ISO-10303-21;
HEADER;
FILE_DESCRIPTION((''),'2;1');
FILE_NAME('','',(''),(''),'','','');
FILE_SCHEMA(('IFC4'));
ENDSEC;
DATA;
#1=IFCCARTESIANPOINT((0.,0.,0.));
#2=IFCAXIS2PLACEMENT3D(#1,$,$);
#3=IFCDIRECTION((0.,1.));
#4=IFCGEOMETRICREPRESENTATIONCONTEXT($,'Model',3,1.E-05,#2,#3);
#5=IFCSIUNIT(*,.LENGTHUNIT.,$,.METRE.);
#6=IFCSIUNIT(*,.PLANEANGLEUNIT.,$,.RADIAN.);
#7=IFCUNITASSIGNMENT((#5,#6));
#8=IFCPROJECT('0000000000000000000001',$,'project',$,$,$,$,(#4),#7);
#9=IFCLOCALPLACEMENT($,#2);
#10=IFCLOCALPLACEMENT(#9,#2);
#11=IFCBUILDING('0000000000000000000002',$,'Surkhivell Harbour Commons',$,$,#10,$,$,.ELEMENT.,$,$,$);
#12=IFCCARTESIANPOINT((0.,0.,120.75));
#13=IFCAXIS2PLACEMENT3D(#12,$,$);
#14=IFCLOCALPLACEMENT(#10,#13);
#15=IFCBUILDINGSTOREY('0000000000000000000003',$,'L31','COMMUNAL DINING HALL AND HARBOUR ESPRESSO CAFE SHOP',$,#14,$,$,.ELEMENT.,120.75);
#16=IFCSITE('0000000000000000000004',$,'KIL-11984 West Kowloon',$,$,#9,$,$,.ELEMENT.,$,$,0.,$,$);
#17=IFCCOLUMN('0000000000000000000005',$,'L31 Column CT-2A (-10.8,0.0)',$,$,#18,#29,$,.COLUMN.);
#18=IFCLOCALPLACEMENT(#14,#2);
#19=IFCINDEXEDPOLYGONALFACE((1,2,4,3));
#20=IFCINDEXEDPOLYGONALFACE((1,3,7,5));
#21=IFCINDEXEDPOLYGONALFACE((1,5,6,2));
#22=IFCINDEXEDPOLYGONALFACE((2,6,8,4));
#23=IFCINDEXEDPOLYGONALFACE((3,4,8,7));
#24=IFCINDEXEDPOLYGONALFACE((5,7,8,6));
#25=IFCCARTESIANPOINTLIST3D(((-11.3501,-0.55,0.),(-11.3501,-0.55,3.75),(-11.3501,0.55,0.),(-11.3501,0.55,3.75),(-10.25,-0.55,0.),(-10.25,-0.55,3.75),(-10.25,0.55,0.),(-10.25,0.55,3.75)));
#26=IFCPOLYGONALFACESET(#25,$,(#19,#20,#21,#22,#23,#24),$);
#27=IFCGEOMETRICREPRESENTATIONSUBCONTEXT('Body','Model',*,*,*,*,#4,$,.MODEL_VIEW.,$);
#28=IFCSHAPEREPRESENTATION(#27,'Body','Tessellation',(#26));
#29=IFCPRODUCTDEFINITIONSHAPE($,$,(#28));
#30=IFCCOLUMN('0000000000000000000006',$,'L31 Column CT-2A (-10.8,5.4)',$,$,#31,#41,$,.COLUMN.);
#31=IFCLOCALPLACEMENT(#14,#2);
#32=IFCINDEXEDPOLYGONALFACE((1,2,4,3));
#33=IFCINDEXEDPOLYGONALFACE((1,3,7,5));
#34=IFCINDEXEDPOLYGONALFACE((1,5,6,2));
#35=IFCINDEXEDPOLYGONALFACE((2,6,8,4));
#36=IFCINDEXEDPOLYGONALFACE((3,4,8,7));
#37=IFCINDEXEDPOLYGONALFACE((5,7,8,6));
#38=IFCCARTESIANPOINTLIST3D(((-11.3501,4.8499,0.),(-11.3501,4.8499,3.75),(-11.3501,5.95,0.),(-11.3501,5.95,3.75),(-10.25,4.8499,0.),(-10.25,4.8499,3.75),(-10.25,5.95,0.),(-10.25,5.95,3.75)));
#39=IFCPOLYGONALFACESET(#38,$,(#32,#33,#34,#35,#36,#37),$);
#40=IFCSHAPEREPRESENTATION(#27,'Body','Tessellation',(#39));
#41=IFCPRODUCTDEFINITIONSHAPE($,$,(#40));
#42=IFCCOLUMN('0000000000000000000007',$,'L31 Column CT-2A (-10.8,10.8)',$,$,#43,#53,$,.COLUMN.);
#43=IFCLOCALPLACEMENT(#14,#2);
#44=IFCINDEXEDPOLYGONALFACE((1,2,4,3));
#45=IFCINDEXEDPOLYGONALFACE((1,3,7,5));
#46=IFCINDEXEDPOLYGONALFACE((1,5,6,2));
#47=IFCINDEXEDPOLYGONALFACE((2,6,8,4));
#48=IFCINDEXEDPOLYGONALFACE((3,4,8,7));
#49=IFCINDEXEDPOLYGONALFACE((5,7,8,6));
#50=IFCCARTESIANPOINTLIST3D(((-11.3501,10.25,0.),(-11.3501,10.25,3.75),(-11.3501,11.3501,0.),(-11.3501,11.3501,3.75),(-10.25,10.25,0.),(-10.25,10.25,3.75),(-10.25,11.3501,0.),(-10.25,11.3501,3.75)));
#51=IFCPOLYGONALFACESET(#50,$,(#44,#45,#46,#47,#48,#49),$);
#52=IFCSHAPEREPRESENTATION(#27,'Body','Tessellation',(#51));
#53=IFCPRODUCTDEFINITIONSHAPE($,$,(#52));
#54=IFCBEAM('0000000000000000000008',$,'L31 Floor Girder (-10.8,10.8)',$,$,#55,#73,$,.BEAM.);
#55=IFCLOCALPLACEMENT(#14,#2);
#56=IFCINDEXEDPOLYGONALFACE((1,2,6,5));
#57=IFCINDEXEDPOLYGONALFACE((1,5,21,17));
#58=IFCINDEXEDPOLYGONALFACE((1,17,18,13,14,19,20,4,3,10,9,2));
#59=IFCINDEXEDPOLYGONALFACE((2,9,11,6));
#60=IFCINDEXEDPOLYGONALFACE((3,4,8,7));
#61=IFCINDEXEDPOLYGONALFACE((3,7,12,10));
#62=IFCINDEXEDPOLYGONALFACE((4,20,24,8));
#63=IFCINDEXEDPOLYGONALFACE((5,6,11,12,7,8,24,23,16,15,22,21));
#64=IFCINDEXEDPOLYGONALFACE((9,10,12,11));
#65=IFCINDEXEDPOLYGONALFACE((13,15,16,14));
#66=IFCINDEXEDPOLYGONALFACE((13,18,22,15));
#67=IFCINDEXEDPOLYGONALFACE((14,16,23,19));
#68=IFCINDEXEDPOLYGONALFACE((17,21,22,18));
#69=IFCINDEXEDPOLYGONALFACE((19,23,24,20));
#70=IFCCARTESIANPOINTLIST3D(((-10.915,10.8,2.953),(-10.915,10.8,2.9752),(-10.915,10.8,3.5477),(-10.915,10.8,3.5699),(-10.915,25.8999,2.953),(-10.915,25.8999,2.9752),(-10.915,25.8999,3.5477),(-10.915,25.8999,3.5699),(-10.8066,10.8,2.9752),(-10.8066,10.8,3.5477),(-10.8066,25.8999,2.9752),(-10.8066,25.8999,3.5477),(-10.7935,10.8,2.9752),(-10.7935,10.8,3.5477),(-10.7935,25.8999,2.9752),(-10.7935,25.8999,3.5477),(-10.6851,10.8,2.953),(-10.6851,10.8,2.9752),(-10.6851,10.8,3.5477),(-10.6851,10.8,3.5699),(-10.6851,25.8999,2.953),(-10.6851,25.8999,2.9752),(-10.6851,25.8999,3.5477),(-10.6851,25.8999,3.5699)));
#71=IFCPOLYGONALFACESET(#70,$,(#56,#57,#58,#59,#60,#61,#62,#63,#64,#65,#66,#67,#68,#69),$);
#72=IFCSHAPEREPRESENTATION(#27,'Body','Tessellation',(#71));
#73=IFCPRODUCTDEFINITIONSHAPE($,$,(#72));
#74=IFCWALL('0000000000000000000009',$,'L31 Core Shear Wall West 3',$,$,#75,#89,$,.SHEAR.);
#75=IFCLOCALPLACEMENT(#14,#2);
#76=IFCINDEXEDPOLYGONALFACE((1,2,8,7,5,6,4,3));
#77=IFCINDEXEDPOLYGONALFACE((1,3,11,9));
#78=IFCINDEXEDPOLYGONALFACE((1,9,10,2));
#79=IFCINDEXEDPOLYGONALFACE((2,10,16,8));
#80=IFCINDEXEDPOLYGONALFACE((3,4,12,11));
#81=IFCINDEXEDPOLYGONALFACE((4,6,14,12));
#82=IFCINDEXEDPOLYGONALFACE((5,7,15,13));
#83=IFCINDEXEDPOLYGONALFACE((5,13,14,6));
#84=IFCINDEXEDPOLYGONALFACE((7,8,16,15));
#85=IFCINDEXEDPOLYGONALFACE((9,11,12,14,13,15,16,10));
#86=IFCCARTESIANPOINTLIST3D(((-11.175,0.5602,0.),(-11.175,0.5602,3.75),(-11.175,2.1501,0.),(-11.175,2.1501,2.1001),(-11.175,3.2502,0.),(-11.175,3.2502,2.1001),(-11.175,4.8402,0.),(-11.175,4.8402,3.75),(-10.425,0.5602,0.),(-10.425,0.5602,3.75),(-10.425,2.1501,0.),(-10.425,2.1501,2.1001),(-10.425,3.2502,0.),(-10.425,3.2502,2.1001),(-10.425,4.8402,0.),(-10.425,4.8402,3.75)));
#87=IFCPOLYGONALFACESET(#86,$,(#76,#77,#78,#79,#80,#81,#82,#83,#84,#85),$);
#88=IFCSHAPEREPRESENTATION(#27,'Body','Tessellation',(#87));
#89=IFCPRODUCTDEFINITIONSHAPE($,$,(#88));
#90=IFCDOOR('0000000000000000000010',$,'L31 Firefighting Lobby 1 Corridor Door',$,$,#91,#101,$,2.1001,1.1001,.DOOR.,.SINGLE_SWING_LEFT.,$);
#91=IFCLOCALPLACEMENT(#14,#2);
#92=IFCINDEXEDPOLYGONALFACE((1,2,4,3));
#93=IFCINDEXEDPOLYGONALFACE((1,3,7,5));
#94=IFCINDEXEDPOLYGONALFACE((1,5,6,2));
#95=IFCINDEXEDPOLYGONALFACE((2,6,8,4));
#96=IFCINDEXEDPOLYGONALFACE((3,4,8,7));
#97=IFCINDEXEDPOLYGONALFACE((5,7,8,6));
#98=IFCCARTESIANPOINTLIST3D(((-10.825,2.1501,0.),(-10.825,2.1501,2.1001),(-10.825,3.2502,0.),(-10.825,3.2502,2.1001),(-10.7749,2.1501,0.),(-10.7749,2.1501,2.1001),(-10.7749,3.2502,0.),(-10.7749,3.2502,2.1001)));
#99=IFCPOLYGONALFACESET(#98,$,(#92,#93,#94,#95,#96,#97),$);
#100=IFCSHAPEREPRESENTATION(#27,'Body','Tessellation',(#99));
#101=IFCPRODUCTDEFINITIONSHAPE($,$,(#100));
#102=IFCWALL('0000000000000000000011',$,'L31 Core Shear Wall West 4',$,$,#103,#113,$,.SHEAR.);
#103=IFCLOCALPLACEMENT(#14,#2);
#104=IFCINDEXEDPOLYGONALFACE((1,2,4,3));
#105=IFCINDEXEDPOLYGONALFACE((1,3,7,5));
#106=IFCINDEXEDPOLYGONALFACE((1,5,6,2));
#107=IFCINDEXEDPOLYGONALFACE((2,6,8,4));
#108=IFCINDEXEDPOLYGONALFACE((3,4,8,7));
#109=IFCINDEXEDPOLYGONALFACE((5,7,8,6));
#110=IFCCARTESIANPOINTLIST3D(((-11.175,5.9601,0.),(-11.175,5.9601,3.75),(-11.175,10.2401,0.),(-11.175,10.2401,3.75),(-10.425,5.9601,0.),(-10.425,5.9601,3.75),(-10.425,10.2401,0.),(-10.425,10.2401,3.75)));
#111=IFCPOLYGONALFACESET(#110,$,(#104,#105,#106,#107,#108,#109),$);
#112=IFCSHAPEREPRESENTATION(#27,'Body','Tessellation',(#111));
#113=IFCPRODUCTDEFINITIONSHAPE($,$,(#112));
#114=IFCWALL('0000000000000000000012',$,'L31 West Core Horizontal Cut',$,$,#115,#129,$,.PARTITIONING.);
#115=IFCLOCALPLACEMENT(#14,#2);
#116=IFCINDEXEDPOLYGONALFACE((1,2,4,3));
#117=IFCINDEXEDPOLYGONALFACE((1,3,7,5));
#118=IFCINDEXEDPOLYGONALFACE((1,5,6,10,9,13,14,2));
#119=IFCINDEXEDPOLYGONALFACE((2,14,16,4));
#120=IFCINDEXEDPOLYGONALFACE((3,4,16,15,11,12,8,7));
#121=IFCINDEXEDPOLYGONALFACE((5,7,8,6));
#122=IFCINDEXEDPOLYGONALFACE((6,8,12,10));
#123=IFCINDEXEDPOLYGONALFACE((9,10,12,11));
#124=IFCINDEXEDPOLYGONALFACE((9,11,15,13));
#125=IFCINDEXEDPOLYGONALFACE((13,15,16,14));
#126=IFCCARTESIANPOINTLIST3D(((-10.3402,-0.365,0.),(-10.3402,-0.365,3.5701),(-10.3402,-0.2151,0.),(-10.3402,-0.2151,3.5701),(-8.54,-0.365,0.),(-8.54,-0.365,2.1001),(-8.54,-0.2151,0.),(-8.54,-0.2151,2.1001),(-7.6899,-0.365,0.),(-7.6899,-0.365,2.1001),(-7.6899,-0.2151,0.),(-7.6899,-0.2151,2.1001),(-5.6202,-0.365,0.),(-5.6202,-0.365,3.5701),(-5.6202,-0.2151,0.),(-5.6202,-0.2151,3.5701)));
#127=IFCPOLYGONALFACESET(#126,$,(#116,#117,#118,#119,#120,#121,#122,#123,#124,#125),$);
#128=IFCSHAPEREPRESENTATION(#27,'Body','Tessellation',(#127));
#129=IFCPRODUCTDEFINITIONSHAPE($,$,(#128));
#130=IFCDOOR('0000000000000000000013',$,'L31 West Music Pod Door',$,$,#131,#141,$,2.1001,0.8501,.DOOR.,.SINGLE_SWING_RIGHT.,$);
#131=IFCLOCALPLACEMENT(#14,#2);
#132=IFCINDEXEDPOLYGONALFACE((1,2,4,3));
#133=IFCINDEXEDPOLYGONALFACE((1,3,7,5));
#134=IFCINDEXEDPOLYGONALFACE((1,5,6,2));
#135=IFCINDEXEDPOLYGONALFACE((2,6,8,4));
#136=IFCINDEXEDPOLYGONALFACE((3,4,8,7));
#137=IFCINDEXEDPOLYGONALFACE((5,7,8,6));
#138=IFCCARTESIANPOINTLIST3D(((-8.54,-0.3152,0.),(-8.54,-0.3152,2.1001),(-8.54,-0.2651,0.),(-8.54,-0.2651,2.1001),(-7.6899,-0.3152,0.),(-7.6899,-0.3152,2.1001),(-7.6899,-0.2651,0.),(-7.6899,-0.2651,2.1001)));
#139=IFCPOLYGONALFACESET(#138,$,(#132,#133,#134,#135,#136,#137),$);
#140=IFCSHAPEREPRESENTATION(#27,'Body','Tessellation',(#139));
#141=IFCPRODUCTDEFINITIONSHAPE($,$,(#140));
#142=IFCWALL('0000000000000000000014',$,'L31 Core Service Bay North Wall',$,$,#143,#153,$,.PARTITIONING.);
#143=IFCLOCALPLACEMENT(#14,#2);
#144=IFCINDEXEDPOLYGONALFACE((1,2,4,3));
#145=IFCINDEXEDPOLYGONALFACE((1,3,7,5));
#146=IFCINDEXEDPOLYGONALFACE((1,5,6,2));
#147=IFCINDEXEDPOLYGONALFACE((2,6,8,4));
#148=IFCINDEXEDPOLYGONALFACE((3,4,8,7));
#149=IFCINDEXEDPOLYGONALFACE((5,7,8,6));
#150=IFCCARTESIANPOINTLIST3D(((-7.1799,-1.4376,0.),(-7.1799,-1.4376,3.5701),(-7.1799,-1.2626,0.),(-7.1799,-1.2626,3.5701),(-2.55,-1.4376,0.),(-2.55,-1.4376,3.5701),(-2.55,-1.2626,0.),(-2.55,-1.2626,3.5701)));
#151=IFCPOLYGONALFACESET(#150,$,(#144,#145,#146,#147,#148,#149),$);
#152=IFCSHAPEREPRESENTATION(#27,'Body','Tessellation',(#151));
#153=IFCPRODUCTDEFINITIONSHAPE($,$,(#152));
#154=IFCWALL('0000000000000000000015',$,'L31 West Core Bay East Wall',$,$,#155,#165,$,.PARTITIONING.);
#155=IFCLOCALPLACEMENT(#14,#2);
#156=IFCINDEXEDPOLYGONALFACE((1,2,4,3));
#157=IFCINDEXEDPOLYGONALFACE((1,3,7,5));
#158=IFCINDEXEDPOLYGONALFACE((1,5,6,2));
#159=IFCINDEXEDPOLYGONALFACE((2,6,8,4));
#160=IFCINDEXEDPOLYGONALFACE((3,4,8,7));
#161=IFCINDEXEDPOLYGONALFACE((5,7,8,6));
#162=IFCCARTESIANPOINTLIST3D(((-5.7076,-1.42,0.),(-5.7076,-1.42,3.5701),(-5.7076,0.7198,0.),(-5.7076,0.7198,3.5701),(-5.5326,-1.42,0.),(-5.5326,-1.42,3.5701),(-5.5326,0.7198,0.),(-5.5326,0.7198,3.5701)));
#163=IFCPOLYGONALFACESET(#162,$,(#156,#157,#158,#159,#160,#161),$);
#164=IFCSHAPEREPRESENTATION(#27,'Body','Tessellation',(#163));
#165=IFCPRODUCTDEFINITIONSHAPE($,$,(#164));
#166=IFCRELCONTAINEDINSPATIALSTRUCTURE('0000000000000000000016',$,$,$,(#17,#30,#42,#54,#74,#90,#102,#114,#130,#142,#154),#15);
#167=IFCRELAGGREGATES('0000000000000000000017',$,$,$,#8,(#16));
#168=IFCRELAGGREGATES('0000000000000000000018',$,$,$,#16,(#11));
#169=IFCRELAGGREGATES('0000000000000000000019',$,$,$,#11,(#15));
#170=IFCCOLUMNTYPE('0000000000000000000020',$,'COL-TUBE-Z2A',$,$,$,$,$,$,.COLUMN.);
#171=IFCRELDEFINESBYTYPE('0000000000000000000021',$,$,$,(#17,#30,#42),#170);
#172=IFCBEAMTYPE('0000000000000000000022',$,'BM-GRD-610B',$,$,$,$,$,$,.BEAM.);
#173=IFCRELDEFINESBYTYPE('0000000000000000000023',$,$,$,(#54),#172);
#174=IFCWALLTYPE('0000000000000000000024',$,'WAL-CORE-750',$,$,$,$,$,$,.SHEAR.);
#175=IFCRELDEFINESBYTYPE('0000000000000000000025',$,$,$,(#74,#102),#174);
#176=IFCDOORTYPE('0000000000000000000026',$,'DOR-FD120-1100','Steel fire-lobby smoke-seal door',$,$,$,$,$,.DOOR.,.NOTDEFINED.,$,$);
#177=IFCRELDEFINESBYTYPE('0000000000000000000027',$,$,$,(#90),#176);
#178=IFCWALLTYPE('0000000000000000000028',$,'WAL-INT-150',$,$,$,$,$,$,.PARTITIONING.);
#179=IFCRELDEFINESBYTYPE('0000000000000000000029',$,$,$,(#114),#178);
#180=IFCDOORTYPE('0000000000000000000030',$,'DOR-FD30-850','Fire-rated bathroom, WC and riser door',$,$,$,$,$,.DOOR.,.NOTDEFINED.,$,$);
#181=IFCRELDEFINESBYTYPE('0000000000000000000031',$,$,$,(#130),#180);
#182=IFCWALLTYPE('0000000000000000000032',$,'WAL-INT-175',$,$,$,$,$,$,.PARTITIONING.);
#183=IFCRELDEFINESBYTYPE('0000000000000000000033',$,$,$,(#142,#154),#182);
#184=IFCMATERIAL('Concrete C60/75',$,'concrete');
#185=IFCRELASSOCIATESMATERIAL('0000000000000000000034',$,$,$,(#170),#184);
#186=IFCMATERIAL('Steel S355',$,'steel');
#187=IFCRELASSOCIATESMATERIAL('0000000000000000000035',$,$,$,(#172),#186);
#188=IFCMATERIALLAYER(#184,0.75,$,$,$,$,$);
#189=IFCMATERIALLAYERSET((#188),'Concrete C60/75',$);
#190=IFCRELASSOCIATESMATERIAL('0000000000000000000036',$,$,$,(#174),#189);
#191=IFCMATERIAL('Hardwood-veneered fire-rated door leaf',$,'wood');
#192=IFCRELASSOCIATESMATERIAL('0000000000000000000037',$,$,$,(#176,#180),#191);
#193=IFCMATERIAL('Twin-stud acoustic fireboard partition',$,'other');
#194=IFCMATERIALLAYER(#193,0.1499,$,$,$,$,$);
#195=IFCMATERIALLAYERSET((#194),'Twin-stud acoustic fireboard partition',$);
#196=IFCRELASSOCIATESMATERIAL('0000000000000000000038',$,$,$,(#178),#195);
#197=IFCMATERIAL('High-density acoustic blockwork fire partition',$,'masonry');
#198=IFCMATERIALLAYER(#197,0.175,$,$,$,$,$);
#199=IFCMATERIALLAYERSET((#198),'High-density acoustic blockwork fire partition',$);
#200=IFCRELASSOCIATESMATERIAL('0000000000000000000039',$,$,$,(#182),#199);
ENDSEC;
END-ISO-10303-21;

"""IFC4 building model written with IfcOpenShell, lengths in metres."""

from ifc_helpers import new_model, si_unit, direction, frame, frame_2d, origin, origin_2d, place, context, subcontext, project, spatial, rectangle, i_section, extrude, material, layer, layer_set, material_profile, profile_set, type_object, element, fill, save


model = new_model("IFC4")

# Units and contexts
model_context = context("Model", 3, precision=1e-05, world=origin(), true_north=direction((0.0, 1.0)))
body_context = subcontext(model_context, "Body", "Model", "MODEL_VIEW")
ifc_project = project(units=[si_unit("LENGTHUNIT", "METRE"), si_unit("PLANEANGLEUNIT", "RADIAN")], contexts=[model_context])

# Site, building, storey
site_placement = place(None, origin())
site = spatial("IfcSite", under=ifc_project, at=site_placement, Name="KIL-11984 West Kowloon", CompositionType="ELEMENT", RefElevation=0.0)
building_placement = place(site_placement, origin())
building = spatial("IfcBuilding", under=site, at=building_placement, Name="Surkhivell Harbour Commons", CompositionType="ELEMENT")
storey_placement = place(building_placement, frame((0.0, 0.0, 120.75)))
storey = spatial("IfcBuildingStorey", under=building, at=storey_placement, Name="L31", Description="COMMUNAL DINING HALL AND HARBOUR ESPRESSO CAFE SHOP", CompositionType="ELEMENT", Elevation=120.75)

# Columns
ifc_material_1 = material(Name="Concrete C60/75", Category="concrete")
ifc_material_profile_1 = material_profile(ifc_material_1, rectangle(XDim=1.1001, YDim=1.1001, at=origin_2d()), Name="RC-COL-1100x1100")
ifc_profile_set_1 = profile_set([ifc_material_profile_1], Name="Concrete C60/75")
column_type = type_object("IfcColumnType", Name="COL-TUBE-Z2A", PredefinedType="COLUMN", material=ifc_profile_set_1)
for number, where, z_axis, x_axis, name in (
    (1, (-10.8, 0.0, 0.0), (0.0, 0.0, 1.0), (1.0, 0.0, 0.0), "L31 Column CT-2A (-10.8,0.0)"),
    (2, (-10.8, 5.3999, 0.0), (0.0, 0.0, 1.0), (1.0, 0.0, 0.0), "L31 Column CT-2A (-10.8,5.4)"),
    (3, (-10.8, 10.8, 0.0), (0.0, 0.0, 1.0), (1.0, 0.0, 0.0), "L31 Column CT-2A (-10.8,10.8)"),
):
    element("IfcColumn", number, at=place(storey_placement, frame(where, z_axis=z_axis, x_axis=x_axis)), inside=storey, type_object=column_type, Name=name, PredefinedType="COLUMN", context=body_context, shape_type="SweptSolid", body=[
        extrude(rectangle(XDim=1.1001, YDim=1.1001, at=origin_2d()), origin(), (0.0, 0.0, 1.0), 3.75),
    ])

# Beam
ifc_material_2 = material(Name="Steel S355", Category="steel")
ifc_material_profile_2 = material_profile(ifc_material_2, i_section(OverallWidth=0.23, OverallDepth=0.6169, WebThickness=0.0132, FlangeThickness=0.0222, at=origin_2d()), Name="UB610x229x140")
ifc_profile_set_2 = profile_set([ifc_material_profile_2], Name="Steel S355")
beam_type = type_object("IfcBeamType", Name="BM-GRD-610B", PredefinedType="BEAM", material=ifc_profile_set_2)
beam_placement = place(storey_placement, frame((-10.8, 10.8, 3.2615), z_axis=(0.0, 1.0, 0.0), x_axis=(-1.0, 0.0, 0.0)))
element("IfcBeam", 4, at=beam_placement, inside=storey, type_object=beam_type, Name="L31 Floor Girder (-10.8,10.8)", PredefinedType="BEAM", context=body_context, shape_type="SweptSolid", body=[
    extrude(i_section(OverallWidth=0.23, OverallDepth=0.6169, WebThickness=0.0132, FlangeThickness=0.0222, at=origin_2d()), origin(), (0.0, 0.0, 1.0), 15.0999),
])

# Wall, opening, door
ifc_layer_1 = layer(ifc_material_1, 0.75)
ifc_layer_set_1 = layer_set([ifc_layer_1], Name="Concrete C60/75")
wall_type_1 = type_object("IfcWallType", Name="WAL-CORE-750", PredefinedType="SHEAR", material=ifc_layer_set_1)
wall_1_placement = place(storey_placement, frame((-10.8, 0.5601, 0.0), z_axis=(0.0, 0.0, 1.0), x_axis=(0.0, 1.0, 0.0)))
wall_1 = element("IfcWall", 5, at=wall_1_placement, inside=storey, type_object=wall_type_1, Name="L31 Core Shear Wall West 3", PredefinedType="SHEAR", context=body_context, shape_type="SweptSolid", body=[
    extrude(rectangle(XDim=4.28, YDim=0.75, at=frame_2d((2.1401, 0.0))), origin(), (0.0, 0.0, 1.0), 3.75),
])
opening_1_placement = place(wall_1_placement, frame((1.5901, 0.0, 0.0)))
opening_1 = element("IfcOpeningElement", 6, at=opening_1_placement, cuts=wall_1, PredefinedType="OPENING", context=body_context, shape_type="SweptSolid", body=[
    extrude(rectangle(XDim=1.1001, YDim=2.1001, at=frame_2d((0.55, 1.05))), frame((0.0, 0.385, 0.0), z_axis=(0.0, -1.0, 0.0), x_axis=(1.0, 0.0, 0.0)), (0.0, 0.0, 1.0), 0.77),
])
ifc_material_3 = material(Name="Hardwood-veneered fire-rated door leaf", Category="wood")
door_type_1 = type_object("IfcDoorType", Name="DOR-FD120-1100", Description="Steel fire-lobby smoke-seal door", OperationType="NOTDEFINED", PredefinedType="DOOR", material=ifc_material_3)
door_1_placement = place(opening_1_placement, origin())
door_1 = element("IfcDoor", 7, at=door_1_placement, inside=storey, type_object=door_type_1, Name="L31 Firefighting Lobby 1 Corridor Door", OperationType="SINGLE_SWING_LEFT", OverallHeight=2.1001, OverallWidth=1.1001, PredefinedType="DOOR", context=body_context, shape_type="SweptSolid", body=[
    extrude(rectangle(XDim=1.1001, YDim=2.1001, at=frame_2d((0.55, 1.05))), frame((0.0, 0.0249, 0.0), z_axis=(0.0, -1.0, 0.0), x_axis=(1.0, 0.0, 0.0)), (0.0, 0.0, 1.0), 0.05),
])
fill(opening_1, door_1)

# Wall
wall_2_placement = place(storey_placement, frame((-10.8, 5.96, 0.0), z_axis=(0.0, 0.0, 1.0), x_axis=(0.0, 1.0, 0.0)))
element("IfcWall", 8, at=wall_2_placement, inside=storey, type_object=wall_type_1, Name="L31 Core Shear Wall West 4", PredefinedType="SHEAR", context=body_context, shape_type="SweptSolid", body=[
    extrude(rectangle(XDim=4.28, YDim=0.75, at=frame_2d((2.1401, 0.0))), origin(), (0.0, 0.0, 1.0), 3.75),
])

# Wall, opening, door
ifc_material_4 = material(Name="Twin-stud acoustic fireboard partition", Category="other")
ifc_layer_2 = layer(ifc_material_4, 0.1499)
ifc_layer_set_2 = layer_set([ifc_layer_2], Name="Twin-stud acoustic fireboard partition")
wall_type_2 = type_object("IfcWallType", Name="WAL-INT-150", PredefinedType="PARTITIONING", material=ifc_layer_set_2)
wall_3_placement = place(storey_placement, frame((-10.3401, -0.29, 0.0), z_axis=(0.0, 0.0, 1.0), x_axis=(1.0, 0.0, 0.0)))
wall_3 = element("IfcWall", 9, at=wall_3_placement, inside=storey, type_object=wall_type_2, Name="L31 West Core Horizontal Cut", PredefinedType="PARTITIONING", context=body_context, shape_type="SweptSolid", body=[
    extrude(rectangle(XDim=4.72, YDim=0.1499, at=frame_2d((2.3599, 0.0))), origin(), (0.0, 0.0, 1.0), 3.5701),
])
opening_2_placement = place(wall_3_placement, frame((1.8, 0.0, 0.0)))
opening_2 = element("IfcOpeningElement", 10, at=opening_2_placement, cuts=wall_3, PredefinedType="OPENING", context=body_context, shape_type="SweptSolid", body=[
    extrude(rectangle(XDim=0.8501, YDim=2.1001, at=frame_2d((0.425, 1.05))), frame((0.0, 0.085, 0.0), z_axis=(0.0, -1.0, 0.0), x_axis=(1.0, 0.0, 0.0)), (0.0, 0.0, 1.0), 0.1699),
])
door_type_2 = type_object("IfcDoorType", Name="DOR-FD30-850", Description="Fire-rated bathroom, WC and riser door", OperationType="NOTDEFINED", PredefinedType="DOOR", material=ifc_material_3)
door_2_placement = place(opening_2_placement, origin())
door_2 = element("IfcDoor", 11, at=door_2_placement, inside=storey, type_object=door_type_2, Name="L31 West Music Pod Door", OperationType="SINGLE_SWING_RIGHT", OverallHeight=2.1001, OverallWidth=0.8501, PredefinedType="DOOR", context=body_context, shape_type="SweptSolid", body=[
    extrude(rectangle(XDim=0.8501, YDim=2.1001, at=frame_2d((0.425, 1.05))), frame((0.0, 0.0249, 0.0), z_axis=(0.0, -1.0, 0.0), x_axis=(1.0, 0.0, 0.0)), (0.0, 0.0, 1.0), 0.05),
])
fill(opening_2, door_2)

# Walls
ifc_material_5 = material(Name="High-density acoustic blockwork fire partition", Category="masonry")
ifc_layer_3 = layer(ifc_material_5, 0.175)
ifc_layer_set_3 = layer_set([ifc_layer_3], Name="High-density acoustic blockwork fire partition")
wall_type_3 = type_object("IfcWallType", Name="WAL-INT-175", PredefinedType="PARTITIONING", material=ifc_layer_set_3)
wall_4_placement = place(storey_placement, frame((-7.1799, -1.3501, 0.0), z_axis=(0.0, 0.0, 1.0), x_axis=(1.0, 0.0, 0.0)))
element("IfcWall", 12, at=wall_4_placement, inside=storey, type_object=wall_type_3, Name="L31 Core Service Bay North Wall", PredefinedType="PARTITIONING", context=body_context, shape_type="SweptSolid", body=[
    extrude(rectangle(XDim=4.6299, YDim=0.175, at=frame_2d((2.3149, 0.0))), origin(), (0.0, 0.0, 1.0), 3.5701),
])
wall_5_placement = place(storey_placement, frame((-5.6201, -1.4199, 0.0), z_axis=(0.0, 0.0, 1.0), x_axis=(0.0, 1.0, 0.0)))
element("IfcWall", 13, at=wall_5_placement, inside=storey, type_object=wall_type_3, Name="L31 West Core Bay East Wall", PredefinedType="PARTITIONING", context=body_context, shape_type="SweptSolid", body=[
    extrude(rectangle(XDim=2.1399, YDim=0.175, at=frame_2d((1.0698, 0.0))), origin(), (0.0, 0.0, 1.0), 3.5701),
])

save(model, "model.ifc")
